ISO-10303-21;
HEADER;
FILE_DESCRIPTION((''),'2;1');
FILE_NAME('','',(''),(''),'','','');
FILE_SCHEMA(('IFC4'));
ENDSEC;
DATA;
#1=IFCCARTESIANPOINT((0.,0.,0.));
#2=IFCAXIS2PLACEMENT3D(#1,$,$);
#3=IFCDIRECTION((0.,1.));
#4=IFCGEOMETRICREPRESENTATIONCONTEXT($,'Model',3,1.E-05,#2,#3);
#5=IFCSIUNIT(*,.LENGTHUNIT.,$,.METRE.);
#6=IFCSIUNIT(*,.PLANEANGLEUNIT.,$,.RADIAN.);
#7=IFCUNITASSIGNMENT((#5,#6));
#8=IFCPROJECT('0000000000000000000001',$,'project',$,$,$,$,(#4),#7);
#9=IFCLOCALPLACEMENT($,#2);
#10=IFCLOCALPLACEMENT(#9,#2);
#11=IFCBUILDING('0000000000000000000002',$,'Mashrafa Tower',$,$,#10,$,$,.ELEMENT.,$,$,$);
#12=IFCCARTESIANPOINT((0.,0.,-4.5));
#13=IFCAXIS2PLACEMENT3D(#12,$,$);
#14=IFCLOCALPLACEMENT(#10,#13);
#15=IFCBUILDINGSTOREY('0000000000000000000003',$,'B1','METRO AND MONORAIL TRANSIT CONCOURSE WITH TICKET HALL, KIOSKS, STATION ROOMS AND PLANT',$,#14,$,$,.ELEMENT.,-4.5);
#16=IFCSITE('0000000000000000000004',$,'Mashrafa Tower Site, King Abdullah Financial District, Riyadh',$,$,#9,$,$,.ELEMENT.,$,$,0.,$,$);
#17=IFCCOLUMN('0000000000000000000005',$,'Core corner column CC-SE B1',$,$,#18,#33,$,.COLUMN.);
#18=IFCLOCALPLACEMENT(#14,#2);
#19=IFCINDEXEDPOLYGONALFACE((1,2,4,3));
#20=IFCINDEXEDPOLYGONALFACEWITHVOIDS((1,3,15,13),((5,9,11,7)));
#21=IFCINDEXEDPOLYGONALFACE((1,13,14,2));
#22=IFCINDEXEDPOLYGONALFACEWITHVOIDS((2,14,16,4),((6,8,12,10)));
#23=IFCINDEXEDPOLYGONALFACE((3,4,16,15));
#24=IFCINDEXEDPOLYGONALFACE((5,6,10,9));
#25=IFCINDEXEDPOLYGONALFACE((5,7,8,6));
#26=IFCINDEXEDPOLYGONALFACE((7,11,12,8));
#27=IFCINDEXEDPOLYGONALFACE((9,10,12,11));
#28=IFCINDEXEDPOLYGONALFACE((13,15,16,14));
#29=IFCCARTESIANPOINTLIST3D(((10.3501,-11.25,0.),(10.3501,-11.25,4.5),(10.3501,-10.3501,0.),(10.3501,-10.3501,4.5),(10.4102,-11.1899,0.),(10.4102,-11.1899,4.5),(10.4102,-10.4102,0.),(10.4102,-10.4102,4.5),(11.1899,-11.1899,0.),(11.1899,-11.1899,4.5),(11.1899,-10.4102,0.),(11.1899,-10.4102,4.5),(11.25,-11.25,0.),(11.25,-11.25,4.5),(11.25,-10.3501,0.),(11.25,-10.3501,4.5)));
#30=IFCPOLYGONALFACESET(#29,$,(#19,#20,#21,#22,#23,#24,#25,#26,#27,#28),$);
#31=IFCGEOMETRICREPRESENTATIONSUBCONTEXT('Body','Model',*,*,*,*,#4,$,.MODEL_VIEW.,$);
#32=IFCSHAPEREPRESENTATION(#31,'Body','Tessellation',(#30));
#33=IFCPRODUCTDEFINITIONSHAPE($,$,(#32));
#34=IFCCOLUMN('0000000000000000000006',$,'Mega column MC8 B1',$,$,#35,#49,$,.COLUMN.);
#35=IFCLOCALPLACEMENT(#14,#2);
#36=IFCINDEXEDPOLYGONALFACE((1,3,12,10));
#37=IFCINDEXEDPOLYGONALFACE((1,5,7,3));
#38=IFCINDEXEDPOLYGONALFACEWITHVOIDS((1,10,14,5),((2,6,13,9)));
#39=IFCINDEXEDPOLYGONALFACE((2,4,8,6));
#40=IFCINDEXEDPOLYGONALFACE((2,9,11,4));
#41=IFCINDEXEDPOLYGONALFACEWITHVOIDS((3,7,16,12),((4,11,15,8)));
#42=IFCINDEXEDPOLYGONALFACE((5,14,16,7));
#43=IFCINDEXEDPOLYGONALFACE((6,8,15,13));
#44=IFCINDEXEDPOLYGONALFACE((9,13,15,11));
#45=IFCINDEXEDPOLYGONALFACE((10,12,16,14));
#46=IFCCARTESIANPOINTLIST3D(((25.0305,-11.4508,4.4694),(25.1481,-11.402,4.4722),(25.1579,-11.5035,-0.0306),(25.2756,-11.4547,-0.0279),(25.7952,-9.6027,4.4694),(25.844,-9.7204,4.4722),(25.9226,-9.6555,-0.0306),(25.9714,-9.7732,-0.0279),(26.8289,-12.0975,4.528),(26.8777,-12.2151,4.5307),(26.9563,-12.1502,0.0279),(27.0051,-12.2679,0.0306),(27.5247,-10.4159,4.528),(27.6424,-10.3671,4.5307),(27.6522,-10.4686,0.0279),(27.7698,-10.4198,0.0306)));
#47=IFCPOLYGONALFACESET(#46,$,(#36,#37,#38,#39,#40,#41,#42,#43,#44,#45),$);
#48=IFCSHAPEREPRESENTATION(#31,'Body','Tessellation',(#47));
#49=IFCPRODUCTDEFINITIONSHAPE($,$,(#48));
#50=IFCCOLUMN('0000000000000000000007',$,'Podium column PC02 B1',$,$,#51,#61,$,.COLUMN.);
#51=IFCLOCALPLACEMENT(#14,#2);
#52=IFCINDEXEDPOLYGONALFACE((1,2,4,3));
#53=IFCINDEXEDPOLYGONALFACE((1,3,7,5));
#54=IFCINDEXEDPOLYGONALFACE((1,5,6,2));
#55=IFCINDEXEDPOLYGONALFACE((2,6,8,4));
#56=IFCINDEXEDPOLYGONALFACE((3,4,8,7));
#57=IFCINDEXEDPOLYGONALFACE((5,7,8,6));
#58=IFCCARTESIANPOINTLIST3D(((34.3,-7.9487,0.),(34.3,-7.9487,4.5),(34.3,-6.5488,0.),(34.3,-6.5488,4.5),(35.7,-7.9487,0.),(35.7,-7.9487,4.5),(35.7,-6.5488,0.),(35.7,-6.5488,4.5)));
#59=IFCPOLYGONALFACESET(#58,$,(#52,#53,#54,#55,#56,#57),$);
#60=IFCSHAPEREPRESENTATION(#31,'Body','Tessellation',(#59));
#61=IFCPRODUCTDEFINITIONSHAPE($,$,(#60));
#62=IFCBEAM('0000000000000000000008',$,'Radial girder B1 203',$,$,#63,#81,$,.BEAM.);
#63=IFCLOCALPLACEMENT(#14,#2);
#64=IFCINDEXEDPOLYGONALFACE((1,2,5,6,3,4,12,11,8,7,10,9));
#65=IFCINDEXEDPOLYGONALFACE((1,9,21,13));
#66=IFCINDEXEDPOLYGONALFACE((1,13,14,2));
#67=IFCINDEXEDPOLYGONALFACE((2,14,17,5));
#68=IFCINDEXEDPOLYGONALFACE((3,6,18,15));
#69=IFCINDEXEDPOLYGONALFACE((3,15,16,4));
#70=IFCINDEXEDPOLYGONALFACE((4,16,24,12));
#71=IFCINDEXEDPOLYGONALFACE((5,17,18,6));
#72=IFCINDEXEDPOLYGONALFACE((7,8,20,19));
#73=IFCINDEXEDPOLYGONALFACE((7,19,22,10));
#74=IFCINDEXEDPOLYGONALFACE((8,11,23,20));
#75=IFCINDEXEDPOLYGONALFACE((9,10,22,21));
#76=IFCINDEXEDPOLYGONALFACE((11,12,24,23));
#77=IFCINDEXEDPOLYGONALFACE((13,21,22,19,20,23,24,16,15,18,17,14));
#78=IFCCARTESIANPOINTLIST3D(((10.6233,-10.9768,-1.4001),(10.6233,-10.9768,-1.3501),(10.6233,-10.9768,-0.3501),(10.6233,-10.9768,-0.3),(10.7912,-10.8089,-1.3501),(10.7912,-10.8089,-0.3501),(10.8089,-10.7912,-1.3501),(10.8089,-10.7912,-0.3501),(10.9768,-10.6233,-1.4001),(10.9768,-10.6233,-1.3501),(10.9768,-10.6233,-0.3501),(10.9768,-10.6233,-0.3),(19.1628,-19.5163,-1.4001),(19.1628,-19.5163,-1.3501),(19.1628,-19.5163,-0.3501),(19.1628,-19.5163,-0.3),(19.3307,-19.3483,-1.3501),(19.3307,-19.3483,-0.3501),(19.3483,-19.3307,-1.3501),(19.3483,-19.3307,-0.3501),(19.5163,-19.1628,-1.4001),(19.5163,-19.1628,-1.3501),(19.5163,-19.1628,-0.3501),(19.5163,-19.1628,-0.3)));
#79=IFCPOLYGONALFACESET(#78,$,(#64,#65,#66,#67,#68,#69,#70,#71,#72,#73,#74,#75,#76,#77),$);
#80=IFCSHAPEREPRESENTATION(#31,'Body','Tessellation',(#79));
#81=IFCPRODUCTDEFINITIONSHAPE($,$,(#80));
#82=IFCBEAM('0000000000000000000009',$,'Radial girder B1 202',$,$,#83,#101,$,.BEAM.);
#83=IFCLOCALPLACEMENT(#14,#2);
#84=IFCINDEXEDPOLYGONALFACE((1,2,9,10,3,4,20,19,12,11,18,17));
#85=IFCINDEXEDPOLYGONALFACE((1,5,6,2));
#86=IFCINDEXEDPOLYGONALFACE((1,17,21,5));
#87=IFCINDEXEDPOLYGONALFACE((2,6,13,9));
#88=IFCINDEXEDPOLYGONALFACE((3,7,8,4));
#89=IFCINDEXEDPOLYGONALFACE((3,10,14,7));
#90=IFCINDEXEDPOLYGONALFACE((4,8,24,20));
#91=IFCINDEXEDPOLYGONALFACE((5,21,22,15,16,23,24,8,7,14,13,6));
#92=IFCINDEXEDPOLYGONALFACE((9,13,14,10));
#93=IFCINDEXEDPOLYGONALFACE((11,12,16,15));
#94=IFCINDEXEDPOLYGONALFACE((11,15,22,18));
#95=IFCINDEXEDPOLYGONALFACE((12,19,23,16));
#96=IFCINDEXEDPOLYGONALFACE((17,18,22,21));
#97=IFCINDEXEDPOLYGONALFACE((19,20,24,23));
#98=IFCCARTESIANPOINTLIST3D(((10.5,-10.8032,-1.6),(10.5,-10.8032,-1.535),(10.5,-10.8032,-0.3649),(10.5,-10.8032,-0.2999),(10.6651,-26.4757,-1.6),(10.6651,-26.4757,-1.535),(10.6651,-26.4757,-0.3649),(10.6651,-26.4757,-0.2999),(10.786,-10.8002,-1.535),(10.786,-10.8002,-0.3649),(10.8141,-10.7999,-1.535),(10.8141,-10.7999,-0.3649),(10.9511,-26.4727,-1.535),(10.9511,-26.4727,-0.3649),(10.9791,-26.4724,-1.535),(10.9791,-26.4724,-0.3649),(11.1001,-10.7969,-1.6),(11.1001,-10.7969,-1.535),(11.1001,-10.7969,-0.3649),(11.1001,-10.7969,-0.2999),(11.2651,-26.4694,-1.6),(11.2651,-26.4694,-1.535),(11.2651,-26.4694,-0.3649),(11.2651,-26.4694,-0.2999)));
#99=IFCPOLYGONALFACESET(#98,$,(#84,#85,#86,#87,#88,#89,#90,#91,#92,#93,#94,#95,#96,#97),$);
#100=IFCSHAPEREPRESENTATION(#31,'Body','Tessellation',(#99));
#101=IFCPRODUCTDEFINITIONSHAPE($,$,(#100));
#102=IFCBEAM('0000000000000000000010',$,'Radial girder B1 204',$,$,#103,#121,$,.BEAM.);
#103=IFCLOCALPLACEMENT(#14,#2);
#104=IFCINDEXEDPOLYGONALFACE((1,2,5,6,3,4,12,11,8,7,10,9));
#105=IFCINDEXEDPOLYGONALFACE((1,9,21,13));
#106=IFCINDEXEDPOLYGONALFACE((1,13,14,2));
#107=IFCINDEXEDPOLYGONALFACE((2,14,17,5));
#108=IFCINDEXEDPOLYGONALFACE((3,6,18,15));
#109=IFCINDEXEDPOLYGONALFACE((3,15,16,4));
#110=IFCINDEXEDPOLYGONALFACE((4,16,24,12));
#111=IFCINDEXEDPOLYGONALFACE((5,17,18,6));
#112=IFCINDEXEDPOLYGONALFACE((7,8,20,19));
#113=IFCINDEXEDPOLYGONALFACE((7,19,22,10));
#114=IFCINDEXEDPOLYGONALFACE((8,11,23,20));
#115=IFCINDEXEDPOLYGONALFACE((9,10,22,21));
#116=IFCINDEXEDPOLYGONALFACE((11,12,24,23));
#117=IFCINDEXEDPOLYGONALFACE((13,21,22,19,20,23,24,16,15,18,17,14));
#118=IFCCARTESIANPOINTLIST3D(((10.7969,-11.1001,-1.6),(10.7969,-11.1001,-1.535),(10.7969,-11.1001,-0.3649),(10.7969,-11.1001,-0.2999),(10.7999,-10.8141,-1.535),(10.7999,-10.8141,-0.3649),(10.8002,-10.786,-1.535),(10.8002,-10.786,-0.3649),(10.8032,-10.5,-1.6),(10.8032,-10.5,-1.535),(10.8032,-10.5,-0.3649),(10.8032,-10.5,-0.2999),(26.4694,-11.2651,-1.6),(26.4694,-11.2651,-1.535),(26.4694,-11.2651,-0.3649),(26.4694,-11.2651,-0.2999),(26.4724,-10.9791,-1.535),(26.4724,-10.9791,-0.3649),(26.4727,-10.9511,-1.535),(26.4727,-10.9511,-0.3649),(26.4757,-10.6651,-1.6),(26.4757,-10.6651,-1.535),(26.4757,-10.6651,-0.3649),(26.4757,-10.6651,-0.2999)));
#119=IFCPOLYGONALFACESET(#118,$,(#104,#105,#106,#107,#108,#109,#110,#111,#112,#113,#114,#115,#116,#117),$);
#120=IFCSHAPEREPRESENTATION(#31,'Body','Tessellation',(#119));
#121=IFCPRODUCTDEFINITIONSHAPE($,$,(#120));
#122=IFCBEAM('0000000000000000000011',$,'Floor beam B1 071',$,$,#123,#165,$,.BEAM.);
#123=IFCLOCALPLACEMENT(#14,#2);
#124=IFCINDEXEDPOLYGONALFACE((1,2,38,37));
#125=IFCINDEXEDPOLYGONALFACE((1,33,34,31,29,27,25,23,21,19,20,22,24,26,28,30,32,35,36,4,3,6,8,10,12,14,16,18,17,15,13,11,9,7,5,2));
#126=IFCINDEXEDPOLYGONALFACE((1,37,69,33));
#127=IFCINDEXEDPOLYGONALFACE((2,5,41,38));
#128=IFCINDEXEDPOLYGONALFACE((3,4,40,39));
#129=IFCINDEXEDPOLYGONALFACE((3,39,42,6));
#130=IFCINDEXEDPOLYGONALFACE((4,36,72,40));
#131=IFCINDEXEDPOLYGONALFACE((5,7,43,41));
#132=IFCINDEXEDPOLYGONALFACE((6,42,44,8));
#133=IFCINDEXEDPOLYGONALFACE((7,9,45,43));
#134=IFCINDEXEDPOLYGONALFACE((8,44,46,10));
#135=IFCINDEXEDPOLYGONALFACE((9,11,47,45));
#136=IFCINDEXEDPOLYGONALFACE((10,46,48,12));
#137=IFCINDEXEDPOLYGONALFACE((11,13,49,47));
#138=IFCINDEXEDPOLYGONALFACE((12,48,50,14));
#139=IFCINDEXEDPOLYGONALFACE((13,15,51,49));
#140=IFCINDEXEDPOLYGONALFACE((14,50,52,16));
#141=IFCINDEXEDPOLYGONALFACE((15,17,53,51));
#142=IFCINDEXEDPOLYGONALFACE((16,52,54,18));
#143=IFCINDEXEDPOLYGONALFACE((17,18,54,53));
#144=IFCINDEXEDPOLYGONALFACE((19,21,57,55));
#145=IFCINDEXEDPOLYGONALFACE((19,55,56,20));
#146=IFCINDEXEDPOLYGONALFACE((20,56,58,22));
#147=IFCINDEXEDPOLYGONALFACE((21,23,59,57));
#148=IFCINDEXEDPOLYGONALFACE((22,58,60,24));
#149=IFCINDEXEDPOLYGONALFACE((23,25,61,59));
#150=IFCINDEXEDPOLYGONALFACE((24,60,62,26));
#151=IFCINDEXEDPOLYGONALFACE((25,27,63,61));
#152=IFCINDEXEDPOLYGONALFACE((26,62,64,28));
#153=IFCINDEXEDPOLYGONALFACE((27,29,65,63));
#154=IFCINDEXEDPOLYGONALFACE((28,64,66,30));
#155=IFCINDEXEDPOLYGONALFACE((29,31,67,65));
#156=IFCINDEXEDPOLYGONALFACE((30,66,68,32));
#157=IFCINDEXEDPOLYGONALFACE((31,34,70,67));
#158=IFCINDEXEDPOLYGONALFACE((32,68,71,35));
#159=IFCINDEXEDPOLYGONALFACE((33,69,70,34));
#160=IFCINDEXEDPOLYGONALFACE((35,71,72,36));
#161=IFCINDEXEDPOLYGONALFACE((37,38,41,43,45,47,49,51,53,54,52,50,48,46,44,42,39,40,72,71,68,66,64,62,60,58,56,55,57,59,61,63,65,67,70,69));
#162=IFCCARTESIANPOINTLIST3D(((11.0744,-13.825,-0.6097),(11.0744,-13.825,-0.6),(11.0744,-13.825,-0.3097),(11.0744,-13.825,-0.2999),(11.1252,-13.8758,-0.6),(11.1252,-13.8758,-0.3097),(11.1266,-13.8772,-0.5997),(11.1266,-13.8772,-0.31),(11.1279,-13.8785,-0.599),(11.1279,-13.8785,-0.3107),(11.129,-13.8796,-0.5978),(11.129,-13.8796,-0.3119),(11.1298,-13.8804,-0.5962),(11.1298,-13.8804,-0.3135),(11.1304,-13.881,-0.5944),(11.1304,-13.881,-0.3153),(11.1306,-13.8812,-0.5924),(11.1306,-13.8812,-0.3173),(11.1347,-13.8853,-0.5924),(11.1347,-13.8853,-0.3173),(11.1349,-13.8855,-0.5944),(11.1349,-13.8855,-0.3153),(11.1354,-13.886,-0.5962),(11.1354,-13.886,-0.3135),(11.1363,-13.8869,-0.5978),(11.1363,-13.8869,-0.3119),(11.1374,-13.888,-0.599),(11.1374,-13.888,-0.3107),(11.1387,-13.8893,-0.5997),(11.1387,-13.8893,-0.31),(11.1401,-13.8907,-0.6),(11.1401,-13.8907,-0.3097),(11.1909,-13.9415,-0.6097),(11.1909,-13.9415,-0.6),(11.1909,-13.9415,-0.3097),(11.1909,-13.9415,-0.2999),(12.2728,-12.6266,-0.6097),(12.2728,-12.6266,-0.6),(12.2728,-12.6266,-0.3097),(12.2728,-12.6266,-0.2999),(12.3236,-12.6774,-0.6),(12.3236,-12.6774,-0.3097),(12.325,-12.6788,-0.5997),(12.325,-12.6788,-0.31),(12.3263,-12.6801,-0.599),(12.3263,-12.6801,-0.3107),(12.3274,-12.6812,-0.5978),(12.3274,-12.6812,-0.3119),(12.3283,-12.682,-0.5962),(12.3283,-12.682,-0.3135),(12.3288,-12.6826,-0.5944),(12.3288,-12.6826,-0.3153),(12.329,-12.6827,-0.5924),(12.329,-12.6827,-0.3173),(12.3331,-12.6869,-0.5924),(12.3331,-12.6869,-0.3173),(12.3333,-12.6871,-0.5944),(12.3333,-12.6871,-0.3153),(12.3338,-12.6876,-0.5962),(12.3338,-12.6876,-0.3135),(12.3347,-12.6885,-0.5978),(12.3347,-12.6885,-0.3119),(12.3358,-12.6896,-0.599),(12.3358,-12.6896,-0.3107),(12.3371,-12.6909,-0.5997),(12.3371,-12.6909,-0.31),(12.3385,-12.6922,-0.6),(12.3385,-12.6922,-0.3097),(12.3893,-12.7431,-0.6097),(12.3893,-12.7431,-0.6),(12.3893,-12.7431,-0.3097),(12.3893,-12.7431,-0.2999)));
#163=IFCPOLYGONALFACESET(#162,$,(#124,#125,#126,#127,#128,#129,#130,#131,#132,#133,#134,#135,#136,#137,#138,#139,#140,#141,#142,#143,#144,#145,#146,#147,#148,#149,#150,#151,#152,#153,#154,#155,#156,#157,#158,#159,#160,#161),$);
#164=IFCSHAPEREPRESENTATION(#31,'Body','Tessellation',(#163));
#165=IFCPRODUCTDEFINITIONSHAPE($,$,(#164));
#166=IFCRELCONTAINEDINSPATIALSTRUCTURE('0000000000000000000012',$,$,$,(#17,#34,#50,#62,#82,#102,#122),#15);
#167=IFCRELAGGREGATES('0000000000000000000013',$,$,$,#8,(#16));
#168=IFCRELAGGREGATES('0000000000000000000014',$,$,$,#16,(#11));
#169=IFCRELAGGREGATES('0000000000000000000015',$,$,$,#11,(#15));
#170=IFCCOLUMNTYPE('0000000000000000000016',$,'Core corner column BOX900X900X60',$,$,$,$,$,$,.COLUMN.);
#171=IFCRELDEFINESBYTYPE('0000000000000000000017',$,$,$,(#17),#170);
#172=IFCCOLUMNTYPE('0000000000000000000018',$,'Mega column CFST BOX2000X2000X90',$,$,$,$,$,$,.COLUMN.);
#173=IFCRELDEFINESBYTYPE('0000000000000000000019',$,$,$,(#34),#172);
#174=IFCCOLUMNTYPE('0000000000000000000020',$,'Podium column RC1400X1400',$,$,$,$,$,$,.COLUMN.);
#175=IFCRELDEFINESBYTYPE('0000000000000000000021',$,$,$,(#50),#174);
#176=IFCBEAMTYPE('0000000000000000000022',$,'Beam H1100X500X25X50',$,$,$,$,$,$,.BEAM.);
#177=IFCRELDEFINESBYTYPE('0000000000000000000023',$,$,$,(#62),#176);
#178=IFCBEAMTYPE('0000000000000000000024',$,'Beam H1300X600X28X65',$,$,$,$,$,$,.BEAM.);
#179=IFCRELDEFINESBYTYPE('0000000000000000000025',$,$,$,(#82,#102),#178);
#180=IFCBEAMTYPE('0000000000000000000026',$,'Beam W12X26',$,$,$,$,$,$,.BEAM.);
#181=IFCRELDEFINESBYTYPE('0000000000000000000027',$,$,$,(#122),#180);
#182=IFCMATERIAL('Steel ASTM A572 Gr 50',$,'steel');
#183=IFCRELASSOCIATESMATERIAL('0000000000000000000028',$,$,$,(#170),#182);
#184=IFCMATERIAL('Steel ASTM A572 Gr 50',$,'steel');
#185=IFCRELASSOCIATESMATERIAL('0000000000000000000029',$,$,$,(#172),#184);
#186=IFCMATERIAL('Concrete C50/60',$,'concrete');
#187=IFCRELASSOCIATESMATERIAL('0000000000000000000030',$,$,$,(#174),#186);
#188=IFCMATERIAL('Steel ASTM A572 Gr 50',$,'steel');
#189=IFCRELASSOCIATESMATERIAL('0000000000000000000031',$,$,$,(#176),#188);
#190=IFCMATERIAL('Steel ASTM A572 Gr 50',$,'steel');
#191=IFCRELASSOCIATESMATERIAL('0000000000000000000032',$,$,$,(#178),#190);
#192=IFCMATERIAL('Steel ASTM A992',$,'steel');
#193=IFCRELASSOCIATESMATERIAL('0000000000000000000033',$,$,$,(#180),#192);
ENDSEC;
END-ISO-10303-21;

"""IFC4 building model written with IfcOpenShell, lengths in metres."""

from ifc_helpers import new_model, si_unit, direction, frame, origin, origin_2d, place, context, subcontext, project, spatial, rectangle, hollow_rectangle, i_section, extrude, material, material_profile, profile_set, type_object, element, save


model = new_model("IFC4")

# Units and contexts
model_context = context("Model", 3, precision=1e-05, world=origin(), true_north=direction((0.0, 1.0)))
body_context = subcontext(model_context, "Body", "Model", "MODEL_VIEW")
ifc_project = project(units=[si_unit("LENGTHUNIT", "METRE"), si_unit("PLANEANGLEUNIT", "RADIAN")], contexts=[model_context])

# Site, building, storey
site_placement = place(None, origin())
site = spatial("IfcSite", under=ifc_project, at=site_placement, Name="Mashrafa Tower Site, King Abdullah Financial District, Riyadh", CompositionType="ELEMENT", RefElevation=0.0)
building_placement = place(site_placement, origin())
building = spatial("IfcBuilding", under=site, at=building_placement, Name="Mashrafa Tower", CompositionType="ELEMENT")
storey_placement = place(building_placement, frame((0.0, 0.0, -4.5)))
storey = spatial("IfcBuildingStorey", under=building, at=storey_placement, Name="B1", Description="METRO AND MONORAIL TRANSIT CONCOURSE WITH TICKET HALL, KIOSKS, STATION ROOMS AND PLANT", CompositionType="ELEMENT", Elevation=-4.5)

# Columns
ifc_material_1 = material(Name="Steel ASTM A572 Gr 50", Category="steel")
ifc_material_profile_1 = material_profile(ifc_material_1, hollow_rectangle(XDim=0.8999, YDim=0.8999, WallThickness=0.0601, at=origin_2d()), Name="BOX900X900X60")
ifc_profile_set_1 = profile_set([ifc_material_profile_1], Name="Steel ASTM A572 Gr 50")
column_type_1 = type_object("IfcColumnType", Name="Core corner column BOX900X900X60", PredefinedType="COLUMN", material=ifc_profile_set_1)
column_1_placement = place(storey_placement, frame((10.8, -10.8, 0.0), z_axis=(0.0, 0.0, 1.0), x_axis=(1.0, 0.0, 0.0)))
element("IfcColumn", 1, at=column_1_placement, inside=storey, type_object=column_type_1, Name="Core corner column CC-SE B1", PredefinedType="COLUMN", context=body_context, shape_type="SweptSolid", body=[
    extrude(hollow_rectangle(XDim=0.8999, YDim=0.8999, WallThickness=0.0601, at=origin_2d()), origin(), (0.0, 0.0, 1.0), 4.5),
])
ifc_material_2 = material(Name="Steel ASTM A572 Gr 50", Category="steel")
ifc_material_profile_2 = material_profile(ifc_material_2, hollow_rectangle(XDim=2.0, YDim=2.0, WallThickness=0.0901, at=origin_2d()), Name="BOX2000X2000X90")
ifc_profile_set_2 = profile_set([ifc_material_profile_2], Name="Steel ASTM A572 Gr 50")
column_type_2 = type_object("IfcColumnType", Name="Mega column CFST BOX2000X2000X90", PredefinedType="COLUMN", material=ifc_profile_set_2)
column_2_placement = place(storey_placement, frame((26.4639, -10.9617, 0.0), z_axis=(-0.028307, 0.011713, 0.999531), x_axis=(-0.382352, -0.924017, 0.0)))
element("IfcColumn", 2, at=column_2_placement, inside=storey, type_object=column_type_2, Name="Mega column MC8 B1", PredefinedType="COLUMN", context=body_context, shape_type="SweptSolid", body=[
    extrude(hollow_rectangle(XDim=2.0, YDim=2.0, WallThickness=0.0901, at=origin_2d()), origin(), (0.0, 0.0, 1.0), 4.5022),
])
ifc_material_3 = material(Name="Concrete C50/60", Category="concrete")
ifc_material_profile_3 = material_profile(ifc_material_3, rectangle(XDim=1.3999, YDim=1.3999, at=origin_2d()), Name="RC1400X1400")
ifc_profile_set_3 = profile_set([ifc_material_profile_3], Name="Concrete C50/60")
column_type_3 = type_object("IfcColumnType", Name="Podium column RC1400X1400", PredefinedType="COLUMN", material=ifc_profile_set_3)
column_3_placement = place(storey_placement, frame((35.0, -7.2488, 0.0), z_axis=(0.0, 0.0, 1.0), x_axis=(1.0, 0.0, 0.0)))
element("IfcColumn", 3, at=column_3_placement, inside=storey, type_object=column_type_3, Name="Podium column PC02 B1", PredefinedType="COLUMN", context=body_context, shape_type="SweptSolid", body=[
    extrude(rectangle(XDim=1.3999, YDim=1.3999, at=origin_2d()), origin(), (0.0, 0.0, 1.0), 4.5),
])

# Beams
ifc_material_4 = material(Name="Steel ASTM A572 Gr 50", Category="steel")
ifc_material_profile_4 = material_profile(ifc_material_4, i_section(OverallWidth=0.5, OverallDepth=1.1001, WebThickness=0.0249, FlangeThickness=0.05, at=origin_2d()), Name="H1100X500X25X50")
ifc_profile_set_4 = profile_set([ifc_material_profile_4], Name="Steel ASTM A572 Gr 50")
beam_type_1 = type_object("IfcBeamType", Name="Beam H1100X500X25X50", PredefinedType="BEAM", material=ifc_profile_set_4)
beam_1_placement = place(storey_placement, frame((10.8, -10.8, -0.8501), z_axis=(0.707107, -0.707107, 0.0), x_axis=(0.707107, 0.707107, 0.0)))
element("IfcBeam", 4, at=beam_1_placement, inside=storey, type_object=beam_type_1, Name="Radial girder B1 203", PredefinedType="BEAM", context=body_context, shape_type="SweptSolid", body=[
    extrude(i_section(OverallWidth=0.5, OverallDepth=1.1001, WebThickness=0.0249, FlangeThickness=0.05, at=origin_2d()), origin(), (0.0, 0.0, 1.0), 12.0767),
])
ifc_material_5 = material(Name="Steel ASTM A572 Gr 50", Category="steel")
ifc_material_profile_5 = material_profile(ifc_material_5, i_section(OverallWidth=0.6001, OverallDepth=1.3, WebThickness=0.0281, FlangeThickness=0.0649, at=origin_2d()), Name="H1300X600X28X65")
ifc_profile_set_5 = profile_set([ifc_material_profile_5], Name="Steel ASTM A572 Gr 50")
beam_type_2 = type_object("IfcBeamType", Name="Beam H1300X600X28X65", PredefinedType="BEAM", material=ifc_profile_set_5)
for number, where, z_axis, x_axis, name in (
    (5, (10.8, -10.8, -0.95), (0.01053, -0.999945, 0.0), (0.999945, 0.01053, 0.0), "Radial girder B1 202"),
    (6, (10.8, -10.8, -0.95), (0.999945, -0.01053, 0.0), (0.01053, 0.999945, 0.0), "Radial girder B1 204"),
):
    element("IfcBeam", number, at=place(storey_placement, frame(where, z_axis=z_axis, x_axis=x_axis)), inside=storey, type_object=beam_type_2, Name=name, PredefinedType="BEAM", context=body_context, shape_type="SweptSolid", body=[
        extrude(i_section(OverallWidth=0.6001, OverallDepth=1.3, WebThickness=0.0281, FlangeThickness=0.0649, at=origin_2d()), origin(), (0.0, 0.0, 1.0), 15.6733),
    ])
ifc_material_6 = material(Name="Steel ASTM A992", Category="steel")
ifc_material_profile_6 = material_profile(ifc_material_6, i_section(OverallWidth=0.1648, OverallDepth=0.3098, WebThickness=0.0059, FlangeThickness=0.0098, FilletRadius=0.0076, at=origin_2d()), Name="W12X26")
ifc_profile_set_6 = profile_set([ifc_material_profile_6], Name="Steel ASTM A992")
beam_type_3 = type_object("IfcBeamType", Name="Beam W12X26", PredefinedType="BEAM", material=ifc_profile_set_6)
for number, where, z_axis, x_axis, name in (
    (7, (12.3311, -12.6848, -0.4548), (-0.707107, -0.707107, 0.0), (0.707107, -0.707107, 0.0), "Floor beam B1 071"),
):
    element("IfcBeam", number, at=place(storey_placement, frame(where, z_axis=z_axis, x_axis=x_axis)), inside=storey, type_object=beam_type_3, Name=name, PredefinedType="BEAM", context=body_context, shape_type="SweptSolid", body=[
        extrude(i_section(OverallWidth=0.1648, OverallDepth=0.3098, WebThickness=0.0059, FlangeThickness=0.0098, FilletRadius=0.0076, at=origin_2d()), origin(), (0.0, 0.0, 1.0), 1.6948),
    ])

save(model, "model.ifc")
